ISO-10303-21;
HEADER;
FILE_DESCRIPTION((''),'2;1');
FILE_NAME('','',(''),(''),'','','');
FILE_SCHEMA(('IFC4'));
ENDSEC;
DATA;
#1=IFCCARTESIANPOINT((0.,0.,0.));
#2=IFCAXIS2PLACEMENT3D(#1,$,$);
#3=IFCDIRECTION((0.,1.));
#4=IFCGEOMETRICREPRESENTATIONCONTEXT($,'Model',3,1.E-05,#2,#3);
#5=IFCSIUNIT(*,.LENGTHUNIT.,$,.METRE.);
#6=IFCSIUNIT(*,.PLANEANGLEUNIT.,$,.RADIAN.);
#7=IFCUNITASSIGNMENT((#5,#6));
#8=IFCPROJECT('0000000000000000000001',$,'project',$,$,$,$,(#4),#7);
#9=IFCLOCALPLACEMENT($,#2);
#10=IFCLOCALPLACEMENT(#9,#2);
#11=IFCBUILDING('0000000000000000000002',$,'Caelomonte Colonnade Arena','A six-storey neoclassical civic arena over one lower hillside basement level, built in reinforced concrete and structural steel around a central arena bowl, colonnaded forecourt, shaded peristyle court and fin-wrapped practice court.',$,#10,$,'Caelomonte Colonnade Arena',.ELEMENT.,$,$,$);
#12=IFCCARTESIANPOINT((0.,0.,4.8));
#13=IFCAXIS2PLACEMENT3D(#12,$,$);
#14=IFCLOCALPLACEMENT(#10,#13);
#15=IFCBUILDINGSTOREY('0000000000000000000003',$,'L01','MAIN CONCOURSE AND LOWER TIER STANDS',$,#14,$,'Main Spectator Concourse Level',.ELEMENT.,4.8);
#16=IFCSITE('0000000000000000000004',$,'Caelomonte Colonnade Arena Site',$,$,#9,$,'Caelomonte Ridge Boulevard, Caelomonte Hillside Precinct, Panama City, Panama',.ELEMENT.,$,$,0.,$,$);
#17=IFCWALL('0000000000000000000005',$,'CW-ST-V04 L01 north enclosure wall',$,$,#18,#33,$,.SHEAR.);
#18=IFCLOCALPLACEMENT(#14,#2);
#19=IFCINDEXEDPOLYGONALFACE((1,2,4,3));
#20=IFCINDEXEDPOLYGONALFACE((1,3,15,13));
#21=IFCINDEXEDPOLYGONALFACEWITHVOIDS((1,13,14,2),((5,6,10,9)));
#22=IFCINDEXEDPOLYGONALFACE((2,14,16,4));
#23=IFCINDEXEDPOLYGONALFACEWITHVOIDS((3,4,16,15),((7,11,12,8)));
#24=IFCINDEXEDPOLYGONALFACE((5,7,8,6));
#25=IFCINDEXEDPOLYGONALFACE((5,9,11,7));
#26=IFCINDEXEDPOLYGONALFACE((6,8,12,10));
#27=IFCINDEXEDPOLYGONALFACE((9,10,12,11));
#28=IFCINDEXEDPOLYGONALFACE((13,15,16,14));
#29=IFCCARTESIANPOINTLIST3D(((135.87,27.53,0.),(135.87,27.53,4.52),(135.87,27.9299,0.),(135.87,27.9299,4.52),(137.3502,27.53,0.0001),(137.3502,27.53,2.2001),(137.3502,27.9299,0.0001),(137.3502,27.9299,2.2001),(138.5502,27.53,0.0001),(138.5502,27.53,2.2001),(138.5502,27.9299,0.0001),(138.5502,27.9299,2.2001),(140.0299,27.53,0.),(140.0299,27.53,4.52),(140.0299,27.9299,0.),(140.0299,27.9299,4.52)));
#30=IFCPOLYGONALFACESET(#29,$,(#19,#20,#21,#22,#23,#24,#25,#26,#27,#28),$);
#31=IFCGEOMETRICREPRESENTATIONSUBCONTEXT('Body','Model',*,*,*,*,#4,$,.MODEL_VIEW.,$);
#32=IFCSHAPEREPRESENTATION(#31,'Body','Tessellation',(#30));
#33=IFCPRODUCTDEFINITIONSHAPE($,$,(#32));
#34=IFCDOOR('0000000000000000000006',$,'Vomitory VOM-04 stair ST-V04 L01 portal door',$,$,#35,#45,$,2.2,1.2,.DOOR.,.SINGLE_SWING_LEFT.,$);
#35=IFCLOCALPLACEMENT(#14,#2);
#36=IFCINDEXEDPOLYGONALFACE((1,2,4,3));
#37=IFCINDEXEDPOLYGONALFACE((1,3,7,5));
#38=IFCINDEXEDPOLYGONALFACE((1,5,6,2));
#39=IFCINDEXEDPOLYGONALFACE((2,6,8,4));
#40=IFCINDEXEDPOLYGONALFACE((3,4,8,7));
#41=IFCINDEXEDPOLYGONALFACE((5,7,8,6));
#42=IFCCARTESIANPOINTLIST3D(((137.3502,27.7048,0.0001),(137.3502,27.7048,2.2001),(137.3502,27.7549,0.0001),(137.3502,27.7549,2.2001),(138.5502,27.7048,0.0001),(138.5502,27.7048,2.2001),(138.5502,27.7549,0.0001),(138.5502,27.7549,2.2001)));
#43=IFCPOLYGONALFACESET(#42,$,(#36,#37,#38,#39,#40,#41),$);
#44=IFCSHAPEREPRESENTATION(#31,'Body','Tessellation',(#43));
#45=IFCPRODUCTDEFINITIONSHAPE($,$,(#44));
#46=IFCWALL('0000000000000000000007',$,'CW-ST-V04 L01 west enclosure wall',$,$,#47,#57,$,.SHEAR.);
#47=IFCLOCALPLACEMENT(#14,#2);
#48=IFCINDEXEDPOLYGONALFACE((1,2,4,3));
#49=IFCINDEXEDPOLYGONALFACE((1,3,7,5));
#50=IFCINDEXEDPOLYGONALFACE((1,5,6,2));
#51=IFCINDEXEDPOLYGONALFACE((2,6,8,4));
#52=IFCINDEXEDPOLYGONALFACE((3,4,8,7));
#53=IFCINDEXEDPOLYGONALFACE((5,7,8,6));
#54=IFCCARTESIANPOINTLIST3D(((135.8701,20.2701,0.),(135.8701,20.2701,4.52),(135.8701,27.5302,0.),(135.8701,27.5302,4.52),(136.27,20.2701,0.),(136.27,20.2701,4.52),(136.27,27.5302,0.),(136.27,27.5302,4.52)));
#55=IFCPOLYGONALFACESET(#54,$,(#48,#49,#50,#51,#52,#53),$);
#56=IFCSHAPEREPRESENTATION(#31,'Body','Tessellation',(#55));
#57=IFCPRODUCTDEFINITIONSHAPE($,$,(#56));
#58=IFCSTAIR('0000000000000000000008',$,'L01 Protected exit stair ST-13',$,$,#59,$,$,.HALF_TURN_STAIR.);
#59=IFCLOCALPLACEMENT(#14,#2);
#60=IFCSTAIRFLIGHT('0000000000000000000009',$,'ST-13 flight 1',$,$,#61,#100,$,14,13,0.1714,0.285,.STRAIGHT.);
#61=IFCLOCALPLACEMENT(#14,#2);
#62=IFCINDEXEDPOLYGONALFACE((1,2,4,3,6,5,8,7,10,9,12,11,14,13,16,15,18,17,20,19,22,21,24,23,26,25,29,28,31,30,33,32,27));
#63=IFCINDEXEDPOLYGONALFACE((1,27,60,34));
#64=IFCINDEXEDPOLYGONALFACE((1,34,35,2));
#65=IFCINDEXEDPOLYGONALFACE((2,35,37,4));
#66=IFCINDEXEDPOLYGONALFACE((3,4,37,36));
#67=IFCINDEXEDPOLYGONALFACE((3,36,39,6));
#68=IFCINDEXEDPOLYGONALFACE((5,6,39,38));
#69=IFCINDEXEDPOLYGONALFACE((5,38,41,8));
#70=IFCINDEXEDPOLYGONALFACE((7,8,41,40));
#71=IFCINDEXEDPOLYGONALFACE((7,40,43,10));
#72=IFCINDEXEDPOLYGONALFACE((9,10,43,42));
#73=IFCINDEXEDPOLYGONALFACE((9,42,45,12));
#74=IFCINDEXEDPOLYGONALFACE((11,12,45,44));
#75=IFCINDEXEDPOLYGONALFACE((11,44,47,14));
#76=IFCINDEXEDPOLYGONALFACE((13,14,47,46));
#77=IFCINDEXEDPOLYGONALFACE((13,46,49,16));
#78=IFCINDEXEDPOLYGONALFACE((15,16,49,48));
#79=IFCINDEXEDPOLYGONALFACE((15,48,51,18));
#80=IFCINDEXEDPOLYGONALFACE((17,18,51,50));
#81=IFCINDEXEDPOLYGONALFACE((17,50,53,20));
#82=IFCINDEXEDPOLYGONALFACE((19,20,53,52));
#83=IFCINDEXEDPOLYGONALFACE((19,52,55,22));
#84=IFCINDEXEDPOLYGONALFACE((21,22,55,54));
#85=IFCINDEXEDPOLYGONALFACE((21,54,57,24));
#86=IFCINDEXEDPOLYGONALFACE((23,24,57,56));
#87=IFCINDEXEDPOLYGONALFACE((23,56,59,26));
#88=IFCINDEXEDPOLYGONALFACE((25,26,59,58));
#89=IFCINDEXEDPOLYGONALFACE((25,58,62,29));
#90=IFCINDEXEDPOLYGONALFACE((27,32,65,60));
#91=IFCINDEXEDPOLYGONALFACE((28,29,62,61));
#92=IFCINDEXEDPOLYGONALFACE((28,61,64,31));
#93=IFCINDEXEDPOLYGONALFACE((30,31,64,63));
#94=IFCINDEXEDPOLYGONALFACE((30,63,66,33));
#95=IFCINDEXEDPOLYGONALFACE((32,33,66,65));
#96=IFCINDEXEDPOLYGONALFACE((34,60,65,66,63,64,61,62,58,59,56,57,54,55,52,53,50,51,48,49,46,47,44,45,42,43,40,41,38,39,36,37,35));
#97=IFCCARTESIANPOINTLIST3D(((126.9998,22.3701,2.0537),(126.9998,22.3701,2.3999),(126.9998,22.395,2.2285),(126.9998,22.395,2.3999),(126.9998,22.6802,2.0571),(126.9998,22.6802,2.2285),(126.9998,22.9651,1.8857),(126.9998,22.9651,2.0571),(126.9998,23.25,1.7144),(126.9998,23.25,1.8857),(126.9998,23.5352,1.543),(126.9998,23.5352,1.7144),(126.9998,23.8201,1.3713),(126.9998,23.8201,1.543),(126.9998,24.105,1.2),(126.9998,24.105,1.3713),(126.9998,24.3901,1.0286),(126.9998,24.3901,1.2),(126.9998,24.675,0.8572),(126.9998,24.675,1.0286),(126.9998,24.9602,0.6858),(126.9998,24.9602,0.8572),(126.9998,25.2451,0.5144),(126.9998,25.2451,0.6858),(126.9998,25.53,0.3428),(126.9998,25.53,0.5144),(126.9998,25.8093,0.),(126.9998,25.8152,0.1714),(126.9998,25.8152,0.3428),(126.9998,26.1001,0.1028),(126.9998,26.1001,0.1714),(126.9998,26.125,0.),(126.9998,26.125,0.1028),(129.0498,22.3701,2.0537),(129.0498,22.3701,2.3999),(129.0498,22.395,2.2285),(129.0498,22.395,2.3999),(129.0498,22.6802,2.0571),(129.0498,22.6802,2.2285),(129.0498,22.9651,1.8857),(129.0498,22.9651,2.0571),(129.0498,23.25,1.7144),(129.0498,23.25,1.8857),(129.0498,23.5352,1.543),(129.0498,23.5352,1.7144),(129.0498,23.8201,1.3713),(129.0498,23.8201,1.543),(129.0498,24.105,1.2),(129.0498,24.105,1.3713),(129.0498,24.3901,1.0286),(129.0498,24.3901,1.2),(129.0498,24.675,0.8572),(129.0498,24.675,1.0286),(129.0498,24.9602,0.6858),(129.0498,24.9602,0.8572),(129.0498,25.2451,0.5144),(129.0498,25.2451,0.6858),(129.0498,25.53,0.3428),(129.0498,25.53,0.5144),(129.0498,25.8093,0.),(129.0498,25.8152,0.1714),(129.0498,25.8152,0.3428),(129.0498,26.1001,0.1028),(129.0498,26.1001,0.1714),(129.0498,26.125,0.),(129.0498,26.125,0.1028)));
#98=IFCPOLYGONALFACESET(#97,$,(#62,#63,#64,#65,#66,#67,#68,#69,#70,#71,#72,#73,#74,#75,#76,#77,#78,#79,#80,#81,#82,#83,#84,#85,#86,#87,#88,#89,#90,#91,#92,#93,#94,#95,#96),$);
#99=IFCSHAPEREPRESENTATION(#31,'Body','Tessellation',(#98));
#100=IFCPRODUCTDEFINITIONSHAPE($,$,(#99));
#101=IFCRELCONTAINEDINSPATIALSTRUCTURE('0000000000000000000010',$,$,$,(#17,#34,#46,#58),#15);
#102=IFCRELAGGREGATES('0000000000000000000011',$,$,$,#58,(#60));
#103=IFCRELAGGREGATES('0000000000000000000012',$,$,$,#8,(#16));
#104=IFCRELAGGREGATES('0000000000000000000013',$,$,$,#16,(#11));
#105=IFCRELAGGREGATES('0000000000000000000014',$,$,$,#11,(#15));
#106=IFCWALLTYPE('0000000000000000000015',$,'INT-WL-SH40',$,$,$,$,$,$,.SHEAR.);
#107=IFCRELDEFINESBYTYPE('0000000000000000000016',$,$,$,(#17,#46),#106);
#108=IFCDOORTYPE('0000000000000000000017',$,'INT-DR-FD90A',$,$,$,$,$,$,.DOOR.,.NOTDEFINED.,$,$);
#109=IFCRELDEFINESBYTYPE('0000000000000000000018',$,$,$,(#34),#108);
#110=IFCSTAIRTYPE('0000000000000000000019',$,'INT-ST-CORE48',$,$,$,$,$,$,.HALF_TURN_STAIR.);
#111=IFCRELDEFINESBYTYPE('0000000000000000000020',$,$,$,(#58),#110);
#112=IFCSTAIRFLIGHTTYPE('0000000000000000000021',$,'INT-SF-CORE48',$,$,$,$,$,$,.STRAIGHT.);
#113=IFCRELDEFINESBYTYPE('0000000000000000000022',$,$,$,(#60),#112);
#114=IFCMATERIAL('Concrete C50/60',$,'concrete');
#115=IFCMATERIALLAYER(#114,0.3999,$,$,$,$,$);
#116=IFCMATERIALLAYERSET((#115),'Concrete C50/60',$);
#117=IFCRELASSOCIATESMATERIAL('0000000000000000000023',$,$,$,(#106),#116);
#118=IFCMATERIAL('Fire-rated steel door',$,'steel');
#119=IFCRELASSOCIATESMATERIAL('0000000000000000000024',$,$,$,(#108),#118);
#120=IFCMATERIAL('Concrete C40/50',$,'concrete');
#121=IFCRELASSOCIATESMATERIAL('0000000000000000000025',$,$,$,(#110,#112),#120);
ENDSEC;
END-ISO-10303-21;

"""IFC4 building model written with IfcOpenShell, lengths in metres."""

from ifc_helpers import new_model, si_unit, direction, frame, frame_2d, origin, place, context, subcontext, project, spatial, polyline, rectangle, outline, extrude, material, layer, layer_set, type_object, element, fill, aggregate, save


model = new_model("IFC4")

# Units and contexts
model_context = context("Model", 3, precision=1e-05, world=origin(), true_north=direction((0.0, 1.0)))
body_context = subcontext(model_context, "Body", "Model", "MODEL_VIEW")
ifc_project = project(units=[si_unit("LENGTHUNIT", "METRE"), si_unit("PLANEANGLEUNIT", "RADIAN")], contexts=[model_context])

# Site, building, storey
site_placement = place(None, origin())
site = spatial("IfcSite", under=ifc_project, at=site_placement, Name="Caelomonte Colonnade Arena Site", LongName="Caelomonte Ridge Boulevard, Caelomonte Hillside Precinct, Panama City, Panama", CompositionType="ELEMENT", RefElevation=0.0)
building_placement = place(site_placement, origin())
building = spatial("IfcBuilding", under=site, at=building_placement, Name="Caelomonte Colonnade Arena", Description="A six-storey neoclassical civic arena over one lower hillside basement level, built in reinforced concrete and structural steel around a central arena bowl, colonnaded forecourt, shaded peristyle court and fin-wrapped practice court.", LongName="Caelomonte Colonnade Arena", CompositionType="ELEMENT")
storey_placement = place(building_placement, frame((0.0, 0.0, 4.8)))
storey = spatial("IfcBuildingStorey", under=building, at=storey_placement, Name="L01", Description="MAIN CONCOURSE AND LOWER TIER STANDS", LongName="Main Spectator Concourse Level", CompositionType="ELEMENT", Elevation=4.8)

# Shared definitions
ifc_material_1 = material(Name="Concrete C50/60", Category="concrete")

# Shared definitions
ifc_layer_1 = layer(ifc_material_1, 0.3999)
ifc_layer_set_1 = layer_set([ifc_layer_1], Name="Concrete C50/60")
wall_type = type_object("IfcWallType", Name="INT-WL-SH40", PredefinedType="SHEAR", material=ifc_layer_set_1)
ifc_material_2 = material(Name="Fire-rated steel door", Category="steel")
door_type = type_object("IfcDoorType", Name="INT-DR-FD90A", OperationType="NOTDEFINED", PredefinedType="DOOR", material=ifc_material_2)

# Wall, opening, door
wall_1_placement = place(storey_placement, frame((140.03, 27.73, 0.0), z_axis=(0.0, 0.0, 1.0), x_axis=(-1.0, 0.0, 0.0)))
wall_1 = element("IfcWall", 1, at=wall_1_placement, inside=storey, type_object=wall_type, Name="CW-ST-V04 L01 north enclosure wall", PredefinedType="SHEAR", context=body_context, shape_type="SweptSolid", body=[
    extrude(rectangle(XDim=4.1599, YDim=0.3999, at=frame_2d((2.0801, 0.0))), origin(), (0.0, 0.0, 1.0), 4.52),
])
opening_1_placement = place(wall_1_placement, frame((2.6799, 0.0, 0.0), z_axis=(0.0, 0.0, 1.0), x_axis=(-1.0, 0.0, 0.0)))
opening_1 = element("IfcOpeningElement", 2, at=opening_1_placement, cuts=wall_1, PredefinedType="OPENING", context=body_context, shape_type="SweptSolid", body=[
    extrude(rectangle(XDim=1.2, YDim=2.2, at=frame_2d((0.6001, 1.1001))), frame((0.0, 0.21, 0.0), z_axis=(0.0, -1.0, 0.0), x_axis=(1.0, 0.0, 0.0)), (0.0, 0.0, 1.0), 0.4199),
])
door_1_placement = place(opening_1_placement, origin())
door_1 = element("IfcDoor", 3, at=door_1_placement, inside=storey, type_object=door_type, Name="Vomitory VOM-04 stair ST-V04 L01 portal door", OperationType="SINGLE_SWING_LEFT", OverallHeight=2.2, OverallWidth=1.2, PredefinedType="DOOR", context=body_context, shape_type="SweptSolid", body=[
    extrude(rectangle(XDim=1.2, YDim=2.2, at=frame_2d((0.6001, 1.1001))), frame((0.0, 0.0249, 0.0), z_axis=(0.0, -1.0, 0.0), x_axis=(1.0, 0.0, 0.0)), (0.0, 0.0, 1.0), 0.05),
])
fill(opening_1, door_1)

# Wall
wall_2_placement = place(storey_placement, frame((136.0701, 27.53, 0.0), z_axis=(0.0, 0.0, 1.0), x_axis=(0.0, -1.0, 0.0)))
element("IfcWall", 4, at=wall_2_placement, inside=storey, type_object=wall_type, Name="CW-ST-V04 L01 west enclosure wall", PredefinedType="SHEAR", context=body_context, shape_type="SweptSolid", body=[
    extrude(rectangle(XDim=7.26, YDim=0.3999, at=frame_2d((3.6299, 0.0))), origin(), (0.0, 0.0, 1.0), 4.52),
])

# Stair, stair flight
ifc_material_3 = material(Name="Concrete C40/50", Category="concrete")
stair_type = type_object("IfcStairType", Name="INT-ST-CORE48", PredefinedType="HALF_TURN_STAIR", material=ifc_material_3)
stair_placement = place(storey_placement, origin())
stair = element("IfcStair", 5, at=stair_placement, inside=storey, type_object=stair_type, Name="L01 Protected exit stair ST-13", PredefinedType="HALF_TURN_STAIR")
stair_flight_type = type_object("IfcStairFlightType", Name="INT-SF-CORE48", PredefinedType="STRAIGHT", material=ifc_material_3)
stair_flight_placement = place(storey_placement, frame((128.0249, 26.1001, 0.0), z_axis=(0.0, 0.0, 1.0), x_axis=(0.0, -1.0, 0.0)))
stair_flight = element("IfcStairFlight", 6, at=stair_flight_placement, type_object=stair_flight_type, Name="ST-13 flight 1", NumberOfRisers=14, NumberOfTreads=13, PredefinedType="STRAIGHT", RiserHeight=0.1714, TreadLength=0.285, context=body_context, shape_type="SweptSolid", body=[
    extrude(outline(polyline([(-0.0249, 0.0), (-0.0249, 0.1028), (0.0, 0.1028), (0.0, 0.1714), (0.2849, 0.1714), (0.2849, 0.3428), (0.5701, 0.3428), (0.5701, 0.5144), (0.855, 0.5144), (0.855, 0.6858), (1.1399, 0.6858), (1.1399, 0.8572), (1.425, 0.8572), (1.425, 1.0286), (1.71, 1.0286), (1.71, 1.2), (1.9951, 1.2), (1.9951, 1.3713), (2.28, 1.3713), (2.28, 1.543), (2.5649, 1.543), (2.5649, 1.7144), (2.8501, 1.7144), (2.8501, 1.8857), (3.135, 1.8857), (3.135, 2.0571), (3.4199, 2.0571), (3.4199, 2.2285), (3.7051, 2.2285), (3.7051, 2.3999), (3.73, 2.3999), (3.73, 2.0537), (0.2908, 0.0), (-0.0249, 0.0)])), frame((0.0, 1.0249, 0.0), z_axis=(0.0, -1.0, 0.0), x_axis=(1.0, 0.0, 0.0)), (0.0, 0.0, 1.0), 2.05),
])
aggregate(stair, [stair_flight])

save(model, "model.ifc")
